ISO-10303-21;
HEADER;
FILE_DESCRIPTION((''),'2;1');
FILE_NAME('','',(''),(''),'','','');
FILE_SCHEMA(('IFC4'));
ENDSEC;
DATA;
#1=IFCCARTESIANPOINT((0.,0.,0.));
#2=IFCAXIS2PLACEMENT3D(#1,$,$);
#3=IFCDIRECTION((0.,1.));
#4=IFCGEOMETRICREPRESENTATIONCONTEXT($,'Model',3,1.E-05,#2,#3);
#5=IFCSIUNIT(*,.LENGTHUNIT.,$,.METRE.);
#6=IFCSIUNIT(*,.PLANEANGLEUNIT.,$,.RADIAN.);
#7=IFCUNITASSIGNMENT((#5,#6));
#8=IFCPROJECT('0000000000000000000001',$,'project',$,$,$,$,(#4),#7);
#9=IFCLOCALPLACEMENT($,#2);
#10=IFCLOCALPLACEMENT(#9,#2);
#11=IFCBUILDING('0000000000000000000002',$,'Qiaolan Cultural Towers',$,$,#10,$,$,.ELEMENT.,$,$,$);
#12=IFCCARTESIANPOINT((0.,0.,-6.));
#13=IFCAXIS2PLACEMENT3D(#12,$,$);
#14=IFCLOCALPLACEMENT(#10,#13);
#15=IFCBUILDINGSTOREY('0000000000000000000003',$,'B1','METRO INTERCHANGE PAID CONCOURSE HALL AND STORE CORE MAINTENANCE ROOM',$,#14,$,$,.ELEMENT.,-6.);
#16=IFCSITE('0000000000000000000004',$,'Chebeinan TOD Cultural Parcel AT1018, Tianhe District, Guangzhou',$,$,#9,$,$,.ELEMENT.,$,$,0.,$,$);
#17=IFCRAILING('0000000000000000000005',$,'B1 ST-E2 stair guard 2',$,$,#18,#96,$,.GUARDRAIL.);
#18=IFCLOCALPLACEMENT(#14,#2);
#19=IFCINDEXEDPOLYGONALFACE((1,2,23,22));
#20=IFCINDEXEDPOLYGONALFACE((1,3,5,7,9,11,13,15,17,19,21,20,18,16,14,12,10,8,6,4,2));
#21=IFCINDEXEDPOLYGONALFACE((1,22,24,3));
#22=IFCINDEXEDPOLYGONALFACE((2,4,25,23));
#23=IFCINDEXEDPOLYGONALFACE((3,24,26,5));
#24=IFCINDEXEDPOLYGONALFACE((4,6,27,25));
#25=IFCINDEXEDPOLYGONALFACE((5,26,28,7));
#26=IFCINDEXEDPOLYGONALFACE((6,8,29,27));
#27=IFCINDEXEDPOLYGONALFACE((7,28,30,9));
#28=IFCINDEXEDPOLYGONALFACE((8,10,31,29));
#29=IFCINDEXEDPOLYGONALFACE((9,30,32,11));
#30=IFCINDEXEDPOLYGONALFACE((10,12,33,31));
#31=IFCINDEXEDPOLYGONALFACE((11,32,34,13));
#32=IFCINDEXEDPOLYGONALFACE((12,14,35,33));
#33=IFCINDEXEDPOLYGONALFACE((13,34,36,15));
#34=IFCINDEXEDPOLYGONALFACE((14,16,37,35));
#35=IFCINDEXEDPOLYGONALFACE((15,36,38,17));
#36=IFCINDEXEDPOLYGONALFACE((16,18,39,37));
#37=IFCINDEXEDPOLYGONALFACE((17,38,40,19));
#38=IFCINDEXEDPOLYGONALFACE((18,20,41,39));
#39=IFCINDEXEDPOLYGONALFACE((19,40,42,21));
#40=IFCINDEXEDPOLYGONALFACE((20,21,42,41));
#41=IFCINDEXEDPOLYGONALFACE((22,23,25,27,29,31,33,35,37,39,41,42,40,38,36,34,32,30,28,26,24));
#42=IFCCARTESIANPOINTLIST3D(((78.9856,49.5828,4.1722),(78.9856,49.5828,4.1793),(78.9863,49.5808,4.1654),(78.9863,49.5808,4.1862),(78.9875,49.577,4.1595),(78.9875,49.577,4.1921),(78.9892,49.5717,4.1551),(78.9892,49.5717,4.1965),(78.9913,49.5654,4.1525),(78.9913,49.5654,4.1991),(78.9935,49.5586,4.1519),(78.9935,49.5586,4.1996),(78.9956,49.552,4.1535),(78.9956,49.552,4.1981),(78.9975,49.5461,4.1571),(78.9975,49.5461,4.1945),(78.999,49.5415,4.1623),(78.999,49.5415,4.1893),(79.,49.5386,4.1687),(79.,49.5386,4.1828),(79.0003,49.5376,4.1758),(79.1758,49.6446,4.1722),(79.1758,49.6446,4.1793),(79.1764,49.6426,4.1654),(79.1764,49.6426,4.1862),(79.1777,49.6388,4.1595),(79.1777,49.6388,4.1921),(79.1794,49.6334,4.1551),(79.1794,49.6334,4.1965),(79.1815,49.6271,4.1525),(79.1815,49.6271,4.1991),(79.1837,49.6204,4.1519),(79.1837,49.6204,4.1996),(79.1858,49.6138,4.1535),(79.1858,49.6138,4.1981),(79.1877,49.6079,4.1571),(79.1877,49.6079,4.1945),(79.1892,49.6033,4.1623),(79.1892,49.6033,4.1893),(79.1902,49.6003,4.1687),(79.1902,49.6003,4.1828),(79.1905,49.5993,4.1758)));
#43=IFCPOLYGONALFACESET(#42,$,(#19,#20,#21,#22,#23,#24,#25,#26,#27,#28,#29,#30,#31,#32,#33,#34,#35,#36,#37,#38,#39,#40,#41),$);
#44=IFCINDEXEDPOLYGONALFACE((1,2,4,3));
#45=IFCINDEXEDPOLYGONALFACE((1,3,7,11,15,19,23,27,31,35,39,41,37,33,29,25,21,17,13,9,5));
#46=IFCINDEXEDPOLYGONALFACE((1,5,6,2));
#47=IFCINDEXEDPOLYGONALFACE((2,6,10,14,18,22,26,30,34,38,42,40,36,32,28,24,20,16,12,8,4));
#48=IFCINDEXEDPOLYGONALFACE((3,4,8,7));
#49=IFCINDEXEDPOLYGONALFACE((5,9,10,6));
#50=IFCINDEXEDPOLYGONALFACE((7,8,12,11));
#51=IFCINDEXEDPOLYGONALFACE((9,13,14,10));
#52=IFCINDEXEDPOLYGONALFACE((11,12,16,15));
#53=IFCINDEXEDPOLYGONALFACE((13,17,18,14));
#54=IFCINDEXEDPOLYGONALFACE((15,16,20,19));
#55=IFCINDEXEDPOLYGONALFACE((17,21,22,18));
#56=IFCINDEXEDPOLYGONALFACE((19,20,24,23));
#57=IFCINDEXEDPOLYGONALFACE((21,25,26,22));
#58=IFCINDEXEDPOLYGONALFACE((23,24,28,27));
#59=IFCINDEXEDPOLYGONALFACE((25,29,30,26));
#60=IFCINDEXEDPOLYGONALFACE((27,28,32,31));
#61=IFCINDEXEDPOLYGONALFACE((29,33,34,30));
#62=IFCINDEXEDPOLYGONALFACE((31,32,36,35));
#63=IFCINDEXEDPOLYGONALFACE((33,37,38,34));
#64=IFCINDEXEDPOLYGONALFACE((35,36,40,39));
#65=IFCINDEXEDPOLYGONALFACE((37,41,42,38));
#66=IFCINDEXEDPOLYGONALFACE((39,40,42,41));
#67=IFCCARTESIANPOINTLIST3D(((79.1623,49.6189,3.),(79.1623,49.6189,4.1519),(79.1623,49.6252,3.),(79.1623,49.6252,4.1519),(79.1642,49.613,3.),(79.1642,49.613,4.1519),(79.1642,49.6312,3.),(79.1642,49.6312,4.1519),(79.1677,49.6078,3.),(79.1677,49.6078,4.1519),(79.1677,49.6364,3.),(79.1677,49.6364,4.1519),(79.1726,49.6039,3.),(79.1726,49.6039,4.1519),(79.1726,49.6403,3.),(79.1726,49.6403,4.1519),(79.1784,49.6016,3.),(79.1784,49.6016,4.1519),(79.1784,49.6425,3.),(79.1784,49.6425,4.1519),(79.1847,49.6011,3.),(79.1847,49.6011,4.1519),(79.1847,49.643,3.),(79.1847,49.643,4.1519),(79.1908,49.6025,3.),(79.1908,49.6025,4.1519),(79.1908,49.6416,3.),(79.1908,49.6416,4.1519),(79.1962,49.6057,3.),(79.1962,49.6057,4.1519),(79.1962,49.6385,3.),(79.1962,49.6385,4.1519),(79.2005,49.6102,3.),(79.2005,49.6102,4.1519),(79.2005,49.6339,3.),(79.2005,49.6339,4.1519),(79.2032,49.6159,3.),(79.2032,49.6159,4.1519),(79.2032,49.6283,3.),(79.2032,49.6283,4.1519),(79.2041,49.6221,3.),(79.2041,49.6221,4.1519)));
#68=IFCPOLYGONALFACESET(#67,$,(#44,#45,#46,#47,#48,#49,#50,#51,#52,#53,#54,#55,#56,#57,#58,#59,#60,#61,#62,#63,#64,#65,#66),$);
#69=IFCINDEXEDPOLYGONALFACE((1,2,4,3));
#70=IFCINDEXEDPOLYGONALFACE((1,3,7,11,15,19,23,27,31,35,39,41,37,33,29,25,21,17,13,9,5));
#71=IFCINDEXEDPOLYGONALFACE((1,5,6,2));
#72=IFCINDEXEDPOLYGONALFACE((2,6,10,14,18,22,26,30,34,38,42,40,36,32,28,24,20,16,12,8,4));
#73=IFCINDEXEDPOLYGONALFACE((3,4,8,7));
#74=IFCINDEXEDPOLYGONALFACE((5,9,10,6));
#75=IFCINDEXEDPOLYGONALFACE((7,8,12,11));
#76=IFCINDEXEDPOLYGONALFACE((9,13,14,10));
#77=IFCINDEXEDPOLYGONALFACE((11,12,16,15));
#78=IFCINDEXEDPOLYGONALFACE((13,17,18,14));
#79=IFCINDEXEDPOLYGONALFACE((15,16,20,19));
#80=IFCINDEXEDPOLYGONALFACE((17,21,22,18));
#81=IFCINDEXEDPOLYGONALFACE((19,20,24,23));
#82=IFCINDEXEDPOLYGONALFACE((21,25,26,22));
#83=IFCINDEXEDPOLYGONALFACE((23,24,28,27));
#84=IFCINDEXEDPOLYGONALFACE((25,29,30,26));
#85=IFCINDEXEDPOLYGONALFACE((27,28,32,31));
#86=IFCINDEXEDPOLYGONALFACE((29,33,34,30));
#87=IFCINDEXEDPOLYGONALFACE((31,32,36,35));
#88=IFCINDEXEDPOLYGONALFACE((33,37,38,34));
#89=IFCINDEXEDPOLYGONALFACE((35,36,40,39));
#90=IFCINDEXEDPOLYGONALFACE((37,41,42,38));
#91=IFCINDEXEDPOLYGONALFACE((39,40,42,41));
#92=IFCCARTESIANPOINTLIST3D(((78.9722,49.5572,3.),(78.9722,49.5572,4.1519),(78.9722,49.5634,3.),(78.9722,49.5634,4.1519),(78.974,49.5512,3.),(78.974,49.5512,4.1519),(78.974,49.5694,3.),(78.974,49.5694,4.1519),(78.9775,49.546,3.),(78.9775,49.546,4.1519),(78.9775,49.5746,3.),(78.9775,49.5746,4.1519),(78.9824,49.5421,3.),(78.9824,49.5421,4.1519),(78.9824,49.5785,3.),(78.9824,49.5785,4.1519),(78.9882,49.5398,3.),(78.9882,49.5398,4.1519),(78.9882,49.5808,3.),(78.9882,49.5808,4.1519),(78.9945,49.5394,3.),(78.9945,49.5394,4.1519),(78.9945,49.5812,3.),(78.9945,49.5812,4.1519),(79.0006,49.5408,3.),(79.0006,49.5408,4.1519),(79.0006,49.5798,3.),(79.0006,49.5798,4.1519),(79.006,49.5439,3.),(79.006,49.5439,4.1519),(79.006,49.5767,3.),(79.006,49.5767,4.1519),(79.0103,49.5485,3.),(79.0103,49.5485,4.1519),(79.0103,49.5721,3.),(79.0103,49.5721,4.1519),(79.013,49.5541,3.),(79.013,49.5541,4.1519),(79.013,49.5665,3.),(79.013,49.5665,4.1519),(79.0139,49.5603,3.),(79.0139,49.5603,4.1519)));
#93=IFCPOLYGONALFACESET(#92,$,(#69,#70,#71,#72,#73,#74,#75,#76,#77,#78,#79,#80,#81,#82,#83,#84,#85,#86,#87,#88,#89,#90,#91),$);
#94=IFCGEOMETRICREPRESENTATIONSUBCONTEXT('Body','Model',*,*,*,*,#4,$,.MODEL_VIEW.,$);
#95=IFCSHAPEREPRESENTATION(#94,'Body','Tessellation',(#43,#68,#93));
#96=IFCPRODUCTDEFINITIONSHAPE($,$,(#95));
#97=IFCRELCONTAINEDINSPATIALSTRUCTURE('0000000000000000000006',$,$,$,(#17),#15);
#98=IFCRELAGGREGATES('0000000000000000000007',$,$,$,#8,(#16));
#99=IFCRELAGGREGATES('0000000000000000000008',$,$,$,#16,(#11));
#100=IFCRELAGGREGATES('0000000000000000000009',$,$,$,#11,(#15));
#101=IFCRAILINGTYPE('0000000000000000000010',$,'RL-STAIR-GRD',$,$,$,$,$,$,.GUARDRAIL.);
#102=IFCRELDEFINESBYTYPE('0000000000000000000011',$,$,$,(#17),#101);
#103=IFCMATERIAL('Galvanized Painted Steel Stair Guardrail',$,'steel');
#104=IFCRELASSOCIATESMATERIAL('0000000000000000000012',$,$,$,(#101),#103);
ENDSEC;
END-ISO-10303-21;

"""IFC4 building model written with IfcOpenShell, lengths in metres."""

from ifc_helpers import new_model, si_unit, direction, frame, origin, origin_2d, place, context, subcontext, project, spatial, circle, extrude, material, type_object, element, save


model = new_model("IFC4")

# Units and contexts
model_context = context("Model", 3, precision=1e-05, world=origin(), true_north=direction((0.0, 1.0)))
body_context = subcontext(model_context, "Body", "Model", "MODEL_VIEW")
ifc_project = project(units=[si_unit("LENGTHUNIT", "METRE"), si_unit("PLANEANGLEUNIT", "RADIAN")], contexts=[model_context])

# Site, building, storey
site_placement = place(None, origin())
site = spatial("IfcSite", under=ifc_project, at=site_placement, Name="Chebeinan TOD Cultural Parcel AT1018, Tianhe District, Guangzhou", CompositionType="ELEMENT", RefElevation=0.0)
building_placement = place(site_placement, origin())
building = spatial("IfcBuilding", under=site, at=building_placement, Name="Qiaolan Cultural Towers", CompositionType="ELEMENT")
storey_placement = place(building_placement, frame((0.0, 0.0, -6.0)))
storey = spatial("IfcBuildingStorey", under=building, at=storey_placement, Name="B1", Description="METRO INTERCHANGE PAID CONCOURSE HALL AND STORE CORE MAINTENANCE ROOM", CompositionType="ELEMENT", Elevation=-6.0)

# Railing
ifc_material_1 = material(Name="Galvanized Painted Steel Stair Guardrail", Category="steel")
railing_type_1 = type_object("IfcRailingType", Name="RL-STAIR-GRD", PredefinedType="GUARDRAIL", material=ifc_material_1)
railing_1_placement = place(storey_placement, frame((79.1831, 49.6221, 3.0)))
element("IfcRailing", 1, at=railing_1_placement, inside=storey, type_object=railing_type_1, Name="B1 ST-E2 stair guard 2", PredefinedType="GUARDRAIL", context=body_context, shape_type="SweptSolid", body=[
    extrude(circle(Radius=0.0239, at=origin_2d()), frame((0.0, 0.0, 1.1758), z_axis=(-0.951097, -0.308893, 0.0), x_axis=(0.308893, -0.951097, 0.0)), (0.0, 0.0, 1.0), 0.2),
    extrude(circle(Radius=0.021, at=origin_2d()), origin(), (0.0, 0.0, 1.0), 1.1519),
    extrude(circle(Radius=0.021, at=origin_2d()), frame((-0.1902, -0.0618, 0.0)), (0.0, 0.0, 1.0), 1.1519),
])

save(model, "model.ifc")
